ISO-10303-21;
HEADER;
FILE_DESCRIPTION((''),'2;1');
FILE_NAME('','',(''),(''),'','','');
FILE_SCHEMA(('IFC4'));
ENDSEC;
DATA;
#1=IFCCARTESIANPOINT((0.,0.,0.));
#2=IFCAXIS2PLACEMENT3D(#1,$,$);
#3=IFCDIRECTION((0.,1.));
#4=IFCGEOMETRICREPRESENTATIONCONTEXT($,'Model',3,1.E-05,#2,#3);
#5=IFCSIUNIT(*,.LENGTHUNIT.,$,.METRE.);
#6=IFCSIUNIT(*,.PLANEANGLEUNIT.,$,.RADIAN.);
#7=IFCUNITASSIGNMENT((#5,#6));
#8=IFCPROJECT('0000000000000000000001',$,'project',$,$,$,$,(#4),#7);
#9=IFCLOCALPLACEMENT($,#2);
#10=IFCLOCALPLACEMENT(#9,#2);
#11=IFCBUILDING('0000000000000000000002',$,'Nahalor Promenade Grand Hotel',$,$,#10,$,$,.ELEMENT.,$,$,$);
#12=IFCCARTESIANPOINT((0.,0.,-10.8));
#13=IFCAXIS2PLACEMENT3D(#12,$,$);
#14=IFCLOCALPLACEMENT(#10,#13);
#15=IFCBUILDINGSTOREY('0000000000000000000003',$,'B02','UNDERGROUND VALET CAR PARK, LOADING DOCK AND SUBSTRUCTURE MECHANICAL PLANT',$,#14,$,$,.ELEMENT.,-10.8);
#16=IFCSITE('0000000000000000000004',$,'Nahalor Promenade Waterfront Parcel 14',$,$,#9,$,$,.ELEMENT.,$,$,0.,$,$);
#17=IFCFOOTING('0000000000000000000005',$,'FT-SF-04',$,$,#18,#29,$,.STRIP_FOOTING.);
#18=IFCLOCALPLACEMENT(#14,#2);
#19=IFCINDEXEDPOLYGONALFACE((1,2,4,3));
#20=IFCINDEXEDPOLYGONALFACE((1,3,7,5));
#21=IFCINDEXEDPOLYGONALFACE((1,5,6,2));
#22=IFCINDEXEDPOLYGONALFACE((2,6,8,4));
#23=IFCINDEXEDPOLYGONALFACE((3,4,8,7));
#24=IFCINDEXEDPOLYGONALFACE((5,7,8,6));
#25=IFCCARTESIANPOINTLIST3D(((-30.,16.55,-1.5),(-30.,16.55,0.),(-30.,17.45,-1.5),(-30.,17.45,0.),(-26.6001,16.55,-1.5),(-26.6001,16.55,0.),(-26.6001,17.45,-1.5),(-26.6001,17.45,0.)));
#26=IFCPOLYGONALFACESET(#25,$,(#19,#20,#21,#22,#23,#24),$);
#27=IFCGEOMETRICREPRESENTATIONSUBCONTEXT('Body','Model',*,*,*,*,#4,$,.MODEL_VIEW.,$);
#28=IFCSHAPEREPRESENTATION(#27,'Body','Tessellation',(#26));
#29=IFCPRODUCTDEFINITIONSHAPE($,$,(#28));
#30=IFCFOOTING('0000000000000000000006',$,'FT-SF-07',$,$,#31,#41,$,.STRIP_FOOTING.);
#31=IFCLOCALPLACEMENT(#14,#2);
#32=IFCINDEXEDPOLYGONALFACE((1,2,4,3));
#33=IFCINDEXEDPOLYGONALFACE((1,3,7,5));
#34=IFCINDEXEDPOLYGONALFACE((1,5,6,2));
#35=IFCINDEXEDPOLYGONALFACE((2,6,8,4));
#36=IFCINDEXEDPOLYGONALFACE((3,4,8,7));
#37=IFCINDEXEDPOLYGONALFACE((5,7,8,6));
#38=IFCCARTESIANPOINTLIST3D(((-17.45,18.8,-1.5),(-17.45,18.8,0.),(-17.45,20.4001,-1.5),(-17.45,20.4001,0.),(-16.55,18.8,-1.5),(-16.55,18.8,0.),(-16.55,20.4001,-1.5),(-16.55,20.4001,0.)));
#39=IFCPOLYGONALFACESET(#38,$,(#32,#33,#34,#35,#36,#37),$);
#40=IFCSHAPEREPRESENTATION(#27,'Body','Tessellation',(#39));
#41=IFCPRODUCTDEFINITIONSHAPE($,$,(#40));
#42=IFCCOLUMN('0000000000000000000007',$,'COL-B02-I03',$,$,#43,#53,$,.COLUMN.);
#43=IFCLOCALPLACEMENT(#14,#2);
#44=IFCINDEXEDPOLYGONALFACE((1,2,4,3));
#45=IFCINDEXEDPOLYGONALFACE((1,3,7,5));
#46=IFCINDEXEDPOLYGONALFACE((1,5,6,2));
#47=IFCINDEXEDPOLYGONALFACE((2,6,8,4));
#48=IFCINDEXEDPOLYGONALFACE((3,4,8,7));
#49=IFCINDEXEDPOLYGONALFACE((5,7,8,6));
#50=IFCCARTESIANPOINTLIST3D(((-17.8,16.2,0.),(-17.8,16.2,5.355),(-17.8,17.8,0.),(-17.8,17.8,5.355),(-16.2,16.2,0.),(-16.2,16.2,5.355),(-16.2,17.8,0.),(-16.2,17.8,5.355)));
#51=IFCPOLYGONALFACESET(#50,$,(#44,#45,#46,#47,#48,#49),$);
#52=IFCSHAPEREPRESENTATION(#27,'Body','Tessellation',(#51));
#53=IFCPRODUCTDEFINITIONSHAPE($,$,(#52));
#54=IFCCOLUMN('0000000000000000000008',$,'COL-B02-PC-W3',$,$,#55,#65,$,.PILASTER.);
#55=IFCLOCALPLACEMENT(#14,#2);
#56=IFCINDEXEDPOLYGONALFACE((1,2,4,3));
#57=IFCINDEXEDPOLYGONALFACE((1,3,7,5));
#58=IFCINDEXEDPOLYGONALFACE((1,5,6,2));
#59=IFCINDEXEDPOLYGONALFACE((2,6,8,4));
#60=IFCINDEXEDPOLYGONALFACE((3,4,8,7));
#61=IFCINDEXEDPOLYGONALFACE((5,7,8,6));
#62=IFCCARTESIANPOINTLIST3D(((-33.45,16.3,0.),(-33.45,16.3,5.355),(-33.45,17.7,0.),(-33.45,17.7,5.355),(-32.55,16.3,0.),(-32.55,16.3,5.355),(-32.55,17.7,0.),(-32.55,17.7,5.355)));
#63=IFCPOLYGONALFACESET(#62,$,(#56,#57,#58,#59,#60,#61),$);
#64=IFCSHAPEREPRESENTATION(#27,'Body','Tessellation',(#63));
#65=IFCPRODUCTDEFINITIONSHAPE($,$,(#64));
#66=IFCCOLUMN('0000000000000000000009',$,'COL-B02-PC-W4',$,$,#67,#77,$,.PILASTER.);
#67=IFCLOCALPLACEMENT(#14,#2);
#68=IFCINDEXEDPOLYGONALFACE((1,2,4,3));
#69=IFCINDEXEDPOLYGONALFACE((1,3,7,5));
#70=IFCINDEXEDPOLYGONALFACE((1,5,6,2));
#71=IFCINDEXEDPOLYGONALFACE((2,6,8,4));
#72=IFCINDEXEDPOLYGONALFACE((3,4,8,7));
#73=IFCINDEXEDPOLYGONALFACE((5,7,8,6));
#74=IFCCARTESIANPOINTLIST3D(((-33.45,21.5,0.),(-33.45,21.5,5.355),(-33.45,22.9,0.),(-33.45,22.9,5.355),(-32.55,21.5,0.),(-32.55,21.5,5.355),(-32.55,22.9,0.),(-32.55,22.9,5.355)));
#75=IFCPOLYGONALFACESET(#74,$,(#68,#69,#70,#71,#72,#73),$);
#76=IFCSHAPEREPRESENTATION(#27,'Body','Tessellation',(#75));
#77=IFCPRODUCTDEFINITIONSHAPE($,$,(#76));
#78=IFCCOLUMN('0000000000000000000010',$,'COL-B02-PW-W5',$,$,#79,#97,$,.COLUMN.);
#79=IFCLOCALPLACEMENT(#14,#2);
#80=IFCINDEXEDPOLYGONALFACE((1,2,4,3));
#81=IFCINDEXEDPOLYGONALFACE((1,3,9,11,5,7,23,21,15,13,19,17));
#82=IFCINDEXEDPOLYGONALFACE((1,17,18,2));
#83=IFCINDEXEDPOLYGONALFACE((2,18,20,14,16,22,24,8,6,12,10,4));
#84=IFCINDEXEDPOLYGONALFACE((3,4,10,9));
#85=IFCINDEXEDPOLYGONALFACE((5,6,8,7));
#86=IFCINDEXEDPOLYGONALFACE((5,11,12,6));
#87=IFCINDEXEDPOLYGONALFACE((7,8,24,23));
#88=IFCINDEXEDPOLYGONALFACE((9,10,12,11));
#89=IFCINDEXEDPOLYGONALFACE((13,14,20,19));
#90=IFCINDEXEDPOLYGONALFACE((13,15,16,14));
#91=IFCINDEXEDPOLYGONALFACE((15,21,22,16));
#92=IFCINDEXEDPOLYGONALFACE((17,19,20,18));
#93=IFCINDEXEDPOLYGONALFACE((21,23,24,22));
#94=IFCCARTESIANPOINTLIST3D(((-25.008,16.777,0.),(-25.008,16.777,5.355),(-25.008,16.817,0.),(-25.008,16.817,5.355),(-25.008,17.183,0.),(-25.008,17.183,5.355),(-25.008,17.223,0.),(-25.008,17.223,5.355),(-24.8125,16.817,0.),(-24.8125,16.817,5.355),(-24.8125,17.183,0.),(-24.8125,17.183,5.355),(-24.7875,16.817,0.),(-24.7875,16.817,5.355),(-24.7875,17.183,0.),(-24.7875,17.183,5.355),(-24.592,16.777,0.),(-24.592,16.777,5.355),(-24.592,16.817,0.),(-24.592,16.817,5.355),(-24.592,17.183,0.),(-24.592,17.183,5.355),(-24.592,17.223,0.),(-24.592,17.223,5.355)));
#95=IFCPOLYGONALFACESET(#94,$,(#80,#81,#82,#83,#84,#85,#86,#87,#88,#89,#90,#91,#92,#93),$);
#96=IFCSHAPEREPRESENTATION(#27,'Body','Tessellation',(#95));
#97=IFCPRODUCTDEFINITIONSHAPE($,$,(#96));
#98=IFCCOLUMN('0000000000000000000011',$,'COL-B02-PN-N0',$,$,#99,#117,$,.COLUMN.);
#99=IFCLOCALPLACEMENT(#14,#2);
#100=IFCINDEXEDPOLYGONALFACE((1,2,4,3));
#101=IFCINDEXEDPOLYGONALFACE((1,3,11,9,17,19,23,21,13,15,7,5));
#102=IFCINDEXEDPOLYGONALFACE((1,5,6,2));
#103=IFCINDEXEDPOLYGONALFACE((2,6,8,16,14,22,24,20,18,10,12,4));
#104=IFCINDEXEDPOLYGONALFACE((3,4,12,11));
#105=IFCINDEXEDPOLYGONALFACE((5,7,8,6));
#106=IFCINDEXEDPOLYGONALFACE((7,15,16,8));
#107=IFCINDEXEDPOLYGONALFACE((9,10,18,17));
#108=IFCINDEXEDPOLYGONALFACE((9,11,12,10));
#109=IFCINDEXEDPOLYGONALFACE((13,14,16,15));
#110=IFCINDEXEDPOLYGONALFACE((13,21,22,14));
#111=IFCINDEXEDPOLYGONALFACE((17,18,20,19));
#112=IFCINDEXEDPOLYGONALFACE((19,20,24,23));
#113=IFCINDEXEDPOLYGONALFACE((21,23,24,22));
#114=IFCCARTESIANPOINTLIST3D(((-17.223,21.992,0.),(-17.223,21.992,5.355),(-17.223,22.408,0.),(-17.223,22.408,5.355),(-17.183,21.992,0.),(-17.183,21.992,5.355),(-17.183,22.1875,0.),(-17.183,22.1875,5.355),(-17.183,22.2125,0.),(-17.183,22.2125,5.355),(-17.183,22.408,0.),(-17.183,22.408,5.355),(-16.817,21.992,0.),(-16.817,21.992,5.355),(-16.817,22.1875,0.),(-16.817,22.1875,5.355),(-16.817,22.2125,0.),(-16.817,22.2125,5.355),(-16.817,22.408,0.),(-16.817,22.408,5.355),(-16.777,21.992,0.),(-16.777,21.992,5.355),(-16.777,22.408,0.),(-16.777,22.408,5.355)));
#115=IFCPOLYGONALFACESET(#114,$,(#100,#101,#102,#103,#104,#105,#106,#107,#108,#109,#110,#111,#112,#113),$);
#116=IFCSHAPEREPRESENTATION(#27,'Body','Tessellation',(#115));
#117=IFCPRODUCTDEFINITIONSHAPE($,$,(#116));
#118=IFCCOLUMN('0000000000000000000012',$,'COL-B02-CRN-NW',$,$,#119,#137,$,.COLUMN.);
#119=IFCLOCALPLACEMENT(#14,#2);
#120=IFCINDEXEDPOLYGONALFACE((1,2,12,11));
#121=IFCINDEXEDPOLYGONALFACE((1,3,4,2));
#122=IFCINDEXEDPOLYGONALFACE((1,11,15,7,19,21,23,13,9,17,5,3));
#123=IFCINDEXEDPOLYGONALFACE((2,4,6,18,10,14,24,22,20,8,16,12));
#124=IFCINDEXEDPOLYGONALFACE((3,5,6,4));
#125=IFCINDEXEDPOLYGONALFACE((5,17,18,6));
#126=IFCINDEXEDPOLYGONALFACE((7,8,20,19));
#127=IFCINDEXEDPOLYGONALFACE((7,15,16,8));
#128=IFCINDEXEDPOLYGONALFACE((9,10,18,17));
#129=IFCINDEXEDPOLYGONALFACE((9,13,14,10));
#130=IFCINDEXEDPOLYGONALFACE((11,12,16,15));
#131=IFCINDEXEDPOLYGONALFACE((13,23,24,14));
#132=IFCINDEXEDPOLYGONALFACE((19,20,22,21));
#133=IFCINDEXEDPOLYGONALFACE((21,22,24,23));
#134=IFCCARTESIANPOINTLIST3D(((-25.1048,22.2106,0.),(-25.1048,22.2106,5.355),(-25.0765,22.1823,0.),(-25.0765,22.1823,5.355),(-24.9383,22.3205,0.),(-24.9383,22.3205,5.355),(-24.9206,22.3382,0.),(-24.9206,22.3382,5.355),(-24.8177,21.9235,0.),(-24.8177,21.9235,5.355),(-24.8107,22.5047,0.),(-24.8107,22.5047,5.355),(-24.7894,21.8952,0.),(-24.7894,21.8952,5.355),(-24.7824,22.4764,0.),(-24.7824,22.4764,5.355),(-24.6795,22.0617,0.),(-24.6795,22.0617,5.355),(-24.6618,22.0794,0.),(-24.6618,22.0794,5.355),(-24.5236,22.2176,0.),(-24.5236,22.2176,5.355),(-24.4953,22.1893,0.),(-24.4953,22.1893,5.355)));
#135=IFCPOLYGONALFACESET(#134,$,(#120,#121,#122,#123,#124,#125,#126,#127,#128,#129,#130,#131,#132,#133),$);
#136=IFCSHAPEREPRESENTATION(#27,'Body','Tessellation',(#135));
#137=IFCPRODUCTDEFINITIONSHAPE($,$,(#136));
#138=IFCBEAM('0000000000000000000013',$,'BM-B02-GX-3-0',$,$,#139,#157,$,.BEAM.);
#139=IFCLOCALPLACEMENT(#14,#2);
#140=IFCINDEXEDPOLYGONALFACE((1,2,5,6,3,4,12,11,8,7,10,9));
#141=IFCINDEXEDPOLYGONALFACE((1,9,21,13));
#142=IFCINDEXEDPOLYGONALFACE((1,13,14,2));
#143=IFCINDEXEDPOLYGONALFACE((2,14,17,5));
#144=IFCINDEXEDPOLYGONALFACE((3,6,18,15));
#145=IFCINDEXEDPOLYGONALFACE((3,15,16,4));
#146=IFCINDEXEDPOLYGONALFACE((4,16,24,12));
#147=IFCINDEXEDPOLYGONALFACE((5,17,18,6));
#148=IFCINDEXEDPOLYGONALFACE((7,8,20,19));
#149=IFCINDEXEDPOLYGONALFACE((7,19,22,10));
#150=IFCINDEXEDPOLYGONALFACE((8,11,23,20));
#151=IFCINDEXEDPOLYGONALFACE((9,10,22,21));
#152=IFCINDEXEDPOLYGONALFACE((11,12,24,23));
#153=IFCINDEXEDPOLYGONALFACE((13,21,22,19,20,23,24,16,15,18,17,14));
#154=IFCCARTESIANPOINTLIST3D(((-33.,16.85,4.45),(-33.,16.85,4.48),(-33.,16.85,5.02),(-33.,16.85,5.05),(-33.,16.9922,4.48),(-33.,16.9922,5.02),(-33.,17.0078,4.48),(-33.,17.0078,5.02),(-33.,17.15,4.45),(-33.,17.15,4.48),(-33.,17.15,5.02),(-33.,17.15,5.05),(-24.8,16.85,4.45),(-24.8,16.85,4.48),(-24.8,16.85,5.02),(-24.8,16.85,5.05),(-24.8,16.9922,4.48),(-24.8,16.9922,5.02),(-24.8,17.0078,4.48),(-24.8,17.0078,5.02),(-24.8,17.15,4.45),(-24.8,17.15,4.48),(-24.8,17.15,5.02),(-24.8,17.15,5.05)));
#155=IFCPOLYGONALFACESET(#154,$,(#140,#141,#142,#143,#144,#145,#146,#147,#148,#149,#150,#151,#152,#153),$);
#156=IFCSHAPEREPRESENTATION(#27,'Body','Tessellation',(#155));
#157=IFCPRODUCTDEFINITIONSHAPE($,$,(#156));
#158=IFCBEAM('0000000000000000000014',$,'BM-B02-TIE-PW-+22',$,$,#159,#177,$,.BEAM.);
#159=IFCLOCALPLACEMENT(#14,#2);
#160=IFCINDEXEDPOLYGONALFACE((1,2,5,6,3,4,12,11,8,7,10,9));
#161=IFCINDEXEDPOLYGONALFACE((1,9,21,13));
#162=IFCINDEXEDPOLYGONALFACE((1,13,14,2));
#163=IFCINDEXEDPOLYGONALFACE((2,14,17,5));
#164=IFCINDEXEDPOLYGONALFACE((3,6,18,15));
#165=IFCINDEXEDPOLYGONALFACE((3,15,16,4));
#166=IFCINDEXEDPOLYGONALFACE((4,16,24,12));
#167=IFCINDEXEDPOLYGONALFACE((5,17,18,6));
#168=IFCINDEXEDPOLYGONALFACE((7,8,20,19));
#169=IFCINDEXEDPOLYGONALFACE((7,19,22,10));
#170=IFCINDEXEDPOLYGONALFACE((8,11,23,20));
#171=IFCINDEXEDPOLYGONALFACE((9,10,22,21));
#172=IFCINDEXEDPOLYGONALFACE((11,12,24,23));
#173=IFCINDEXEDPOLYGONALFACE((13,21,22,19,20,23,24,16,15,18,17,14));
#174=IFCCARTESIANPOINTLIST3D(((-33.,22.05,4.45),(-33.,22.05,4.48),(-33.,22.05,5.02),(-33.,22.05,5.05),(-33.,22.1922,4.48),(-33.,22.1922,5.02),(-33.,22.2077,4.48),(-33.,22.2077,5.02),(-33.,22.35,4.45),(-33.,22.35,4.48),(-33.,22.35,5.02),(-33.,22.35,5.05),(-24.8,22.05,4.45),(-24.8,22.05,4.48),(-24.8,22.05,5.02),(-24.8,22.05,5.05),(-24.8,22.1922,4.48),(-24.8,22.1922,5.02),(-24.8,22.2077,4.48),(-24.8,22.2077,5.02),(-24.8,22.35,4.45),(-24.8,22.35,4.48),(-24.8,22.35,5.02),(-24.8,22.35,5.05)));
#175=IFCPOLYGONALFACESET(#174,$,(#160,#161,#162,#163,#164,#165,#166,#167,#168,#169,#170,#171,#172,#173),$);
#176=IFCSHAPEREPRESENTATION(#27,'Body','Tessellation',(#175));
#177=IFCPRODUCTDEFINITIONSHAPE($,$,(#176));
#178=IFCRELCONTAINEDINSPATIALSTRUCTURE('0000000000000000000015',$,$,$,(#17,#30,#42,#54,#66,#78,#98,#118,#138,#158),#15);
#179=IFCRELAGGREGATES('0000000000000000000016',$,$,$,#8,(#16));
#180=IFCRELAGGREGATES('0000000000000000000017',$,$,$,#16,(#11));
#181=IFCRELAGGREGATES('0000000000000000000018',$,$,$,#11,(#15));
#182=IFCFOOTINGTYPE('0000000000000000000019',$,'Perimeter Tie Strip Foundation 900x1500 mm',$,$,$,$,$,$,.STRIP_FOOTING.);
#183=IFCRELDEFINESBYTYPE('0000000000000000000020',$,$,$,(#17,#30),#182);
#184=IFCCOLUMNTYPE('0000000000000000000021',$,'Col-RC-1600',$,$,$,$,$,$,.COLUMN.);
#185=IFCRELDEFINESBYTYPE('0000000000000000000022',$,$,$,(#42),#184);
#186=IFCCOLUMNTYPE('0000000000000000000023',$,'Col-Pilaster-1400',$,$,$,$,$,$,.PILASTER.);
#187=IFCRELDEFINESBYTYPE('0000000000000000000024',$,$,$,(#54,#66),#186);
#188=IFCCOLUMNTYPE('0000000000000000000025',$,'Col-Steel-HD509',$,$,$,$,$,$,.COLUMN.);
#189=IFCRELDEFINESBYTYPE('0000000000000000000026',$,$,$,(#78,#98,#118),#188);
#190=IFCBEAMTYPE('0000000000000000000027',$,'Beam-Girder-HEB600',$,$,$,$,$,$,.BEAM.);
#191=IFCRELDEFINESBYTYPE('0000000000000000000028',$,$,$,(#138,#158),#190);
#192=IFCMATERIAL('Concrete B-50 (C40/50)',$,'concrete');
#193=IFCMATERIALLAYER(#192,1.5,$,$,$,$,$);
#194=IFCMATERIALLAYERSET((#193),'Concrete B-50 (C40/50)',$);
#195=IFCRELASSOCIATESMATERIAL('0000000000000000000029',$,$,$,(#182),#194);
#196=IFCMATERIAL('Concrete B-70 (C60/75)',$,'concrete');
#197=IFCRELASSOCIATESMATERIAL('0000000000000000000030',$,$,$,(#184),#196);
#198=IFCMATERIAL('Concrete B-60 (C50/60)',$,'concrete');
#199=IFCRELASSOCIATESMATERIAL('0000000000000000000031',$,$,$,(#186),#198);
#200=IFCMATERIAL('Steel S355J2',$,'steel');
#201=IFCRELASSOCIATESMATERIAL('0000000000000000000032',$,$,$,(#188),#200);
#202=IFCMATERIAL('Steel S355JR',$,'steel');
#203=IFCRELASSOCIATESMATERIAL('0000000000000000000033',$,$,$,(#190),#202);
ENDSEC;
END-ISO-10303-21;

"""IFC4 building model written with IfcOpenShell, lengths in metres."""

from ifc_helpers import new_model, si_unit, direction, frame, origin, origin_2d, place, context, subcontext, project, spatial, rectangle, i_section, extrude, source, transform, mapped, material, layer, layer_set, material_profile, profile_set, type_object, element, save


model = new_model("IFC4")

# Units and contexts
model_context = context("Model", 3, precision=1e-05, world=origin(), true_north=direction((0.0, 1.0)))
body_context = subcontext(model_context, "Body", "Model", "MODEL_VIEW")
ifc_project = project(units=[si_unit("LENGTHUNIT", "METRE"), si_unit("PLANEANGLEUNIT", "RADIAN")], contexts=[model_context])

# Site, building, storey
site_placement = place(None, origin())
site = spatial("IfcSite", under=ifc_project, at=site_placement, Name="Nahalor Promenade Waterfront Parcel 14", CompositionType="ELEMENT", RefElevation=0.0)
building_placement = place(site_placement, origin())
building = spatial("IfcBuilding", under=site, at=building_placement, Name="Nahalor Promenade Grand Hotel", CompositionType="ELEMENT")
storey_placement = place(building_placement, frame((0.0, 0.0, -10.8)))
storey = spatial("IfcBuildingStorey", under=building, at=storey_placement, Name="B02", Description="UNDERGROUND VALET CAR PARK, LOADING DOCK AND SUBSTRUCTURE MECHANICAL PLANT", CompositionType="ELEMENT", Elevation=-10.8)

# Shared definitions
ifc_material_1 = material(Name="Concrete B-50 (C40/50)", Category="concrete")

# Footings
ifc_layer_1 = layer(ifc_material_1, 1.5)
ifc_layer_set_1 = layer_set([ifc_layer_1], Name="Concrete B-50 (C40/50)")
footing_type_1 = type_object("IfcFootingType", Name="Perimeter Tie Strip Foundation 900x1500 mm", PredefinedType="STRIP_FOOTING", material=ifc_layer_set_1)
shared_shape_1 = source(origin(), body_context, "Body", "SweptSolid", [
    extrude(rectangle(XDim=3.3999, YDim=0.8999, at=origin_2d()), origin(), (0.0, 0.0, 1.0), 1.5),
])
footing_1_placement = place(storey_placement, frame((-28.3, 17.0, -1.5), z_axis=(0.0, 0.0, 1.0), x_axis=(1.0, 0.0, 0.0)))
element("IfcFooting", 1, at=footing_1_placement, inside=storey, type_object=footing_type_1, Name="FT-SF-04", PredefinedType="STRIP_FOOTING", context=body_context, shape_type="MappedRepresentation", body=[
    mapped(shared_shape_1, transform((0.0, 0.0, 0.0), scale=1.0)),
])
shared_shape_2 = source(origin(), body_context, "Body", "SweptSolid", [
    extrude(rectangle(XDim=0.8999, YDim=1.6001, at=origin_2d()), origin(), (0.0, 0.0, 1.0), 1.5),
])
footing_2_placement = place(storey_placement, frame((-17.0, 19.6001, -1.5), z_axis=(0.0, 0.0, 1.0), x_axis=(1.0, 0.0, 0.0)))
element("IfcFooting", 2, at=footing_2_placement, inside=storey, type_object=footing_type_1, Name="FT-SF-07", PredefinedType="STRIP_FOOTING", context=body_context, shape_type="MappedRepresentation", body=[
    mapped(shared_shape_2, transform((0.0, 0.0, 0.0), scale=1.0)),
])

# Columns
ifc_material_2 = material(Name="Concrete B-70 (C60/75)", Category="concrete")
ifc_material_profile_1 = material_profile(ifc_material_2, rectangle(XDim=1.6, YDim=1.6, at=origin_2d()), Name="RC 1600x1600")
ifc_profile_set_1 = profile_set([ifc_material_profile_1], Name="Concrete B-70 (C60/75)")
column_type_1 = type_object("IfcColumnType", Name="Col-RC-1600", PredefinedType="COLUMN", material=ifc_profile_set_1)
shared_shape_3 = source(origin(), body_context, "Body", "SweptSolid", [
    extrude(rectangle(XDim=1.6, YDim=1.6, at=origin_2d()), origin(), (0.0, 0.0, 1.0), 5.355),
])
column_placement = place(storey_placement, frame((-17.0, 17.0, 0.0), z_axis=(0.0, 0.0, 1.0), x_axis=(1.0, 0.0, 0.0)))
element("IfcColumn", 3, at=column_placement, inside=storey, type_object=column_type_1, Name="COL-B02-I03", PredefinedType="COLUMN", context=body_context, shape_type="MappedRepresentation", body=[
    mapped(shared_shape_3, transform((0.0, 0.0, 0.0), scale=1.0)),
])
ifc_material_3 = material(Name="Concrete B-60 (C50/60)", Category="concrete")
ifc_material_profile_2 = material_profile(ifc_material_3, rectangle(XDim=0.9, YDim=1.4, at=origin_2d()), Name="RC 900x1400")
ifc_profile_set_2 = profile_set([ifc_material_profile_2], Name="Concrete B-60 (C50/60)")
column_type_2 = type_object("IfcColumnType", Name="Col-Pilaster-1400", PredefinedType="PILASTER", material=ifc_profile_set_2)
shared_shape_4 = source(origin(), body_context, "Body", "SweptSolid", [
    extrude(rectangle(XDim=0.9, YDim=1.4, at=origin_2d()), origin(), (0.0, 0.0, 1.0), 5.355),
])
for number, where, z_axis, x_axis, name in (
    (4, (-33.0, 17.0, 0.0), (0.0, 0.0, 1.0), (1.0, 0.0, 0.0), "COL-B02-PC-W3"),
    (5, (-33.0, 22.2, 0.0), (0.0, 0.0, 1.0), (1.0, 0.0, 0.0), "COL-B02-PC-W4"),
):
    element("IfcColumn", number, at=place(storey_placement, frame(where, z_axis=z_axis, x_axis=x_axis)), inside=storey, type_object=column_type_2, Name=name, PredefinedType="PILASTER", context=body_context, shape_type="MappedRepresentation", body=[
        mapped(shared_shape_4, transform((0.0, 0.0, 0.0), scale=1.0)),
    ])
ifc_material_4 = material(Name="Steel S355J2", Category="steel")
ifc_material_profile_3 = material_profile(ifc_material_4, i_section(OverallWidth=0.416, OverallDepth=0.446, WebThickness=0.025, FlangeThickness=0.04, at=origin_2d()), Name="HD 400x509")
ifc_profile_set_3 = profile_set([ifc_material_profile_3], Name="Steel S355J2")
column_type_3 = type_object("IfcColumnType", Name="Col-Steel-HD509", PredefinedType="COLUMN", material=ifc_profile_set_3)
shared_shape_5 = source(origin(), body_context, "Body", "SweptSolid", [
    extrude(i_section(OverallWidth=0.416, OverallDepth=0.446, WebThickness=0.025, FlangeThickness=0.04, at=origin_2d()), origin(), (0.0, 0.0, 1.0), 5.355),
])
for number, where, z_axis, x_axis, name in (
    (6, (-24.8, 17.0, 0.0), (0.0, 0.0, 1.0), (1.0, 0.0, 0.0), "COL-B02-PW-W5"),
    (7, (-17.0, 22.2, 0.0), (0.0, 0.0, 1.0), (0.0, 1.0, 0.0), "COL-B02-PN-N0"),
    (8, (-24.8, 22.2, 0.0), (0.0, 0.0, 1.0), (0.707107, 0.707107, 0.0), "COL-B02-CRN-NW"),
):
    element("IfcColumn", number, at=place(storey_placement, frame(where, z_axis=z_axis, x_axis=x_axis)), inside=storey, type_object=column_type_3, Name=name, PredefinedType="COLUMN", context=body_context, shape_type="MappedRepresentation", body=[
        mapped(shared_shape_5, transform((0.0, 0.0, 0.0), scale=1.0)),
    ])

# Beams
ifc_material_5 = material(Name="Steel S355JR", Category="steel")
ifc_material_profile_4 = material_profile(ifc_material_5, i_section(OverallWidth=0.3, OverallDepth=0.6, WebThickness=0.0155, FlangeThickness=0.03, at=origin_2d()), Name="HEB 600")
ifc_profile_set_4 = profile_set([ifc_material_profile_4], Name="Steel S355JR")
beam_type_1 = type_object("IfcBeamType", Name="Beam-Girder-HEB600", PredefinedType="BEAM", material=ifc_profile_set_4)
shared_shape_6 = source(origin(), body_context, "Body", "SweptSolid", [
    extrude(i_section(OverallWidth=0.3, OverallDepth=0.6, WebThickness=0.0155, FlangeThickness=0.03, at=origin_2d()), origin(), (0.0, 0.0, 1.0), 8.2),
])
for number, where, z_axis, x_axis, name in (
    (9, (-33.0, 17.0, 4.75), (1.0, 0.0, 0.0), (0.0, 1.0, 0.0), "BM-B02-GX-3-0"),
    (10, (-24.8, 22.2, 4.75), (-1.0, 0.0, 0.0), (0.0, -1.0, 0.0), "BM-B02-TIE-PW-+22"),
):
    element("IfcBeam", number, at=place(storey_placement, frame(where, z_axis=z_axis, x_axis=x_axis)), inside=storey, type_object=beam_type_1, Name=name, PredefinedType="BEAM", context=body_context, shape_type="MappedRepresentation", body=[
        mapped(shared_shape_6, transform((0.0, 0.0, 0.0), scale=1.0)),
    ])

save(model, "model.ifc")
